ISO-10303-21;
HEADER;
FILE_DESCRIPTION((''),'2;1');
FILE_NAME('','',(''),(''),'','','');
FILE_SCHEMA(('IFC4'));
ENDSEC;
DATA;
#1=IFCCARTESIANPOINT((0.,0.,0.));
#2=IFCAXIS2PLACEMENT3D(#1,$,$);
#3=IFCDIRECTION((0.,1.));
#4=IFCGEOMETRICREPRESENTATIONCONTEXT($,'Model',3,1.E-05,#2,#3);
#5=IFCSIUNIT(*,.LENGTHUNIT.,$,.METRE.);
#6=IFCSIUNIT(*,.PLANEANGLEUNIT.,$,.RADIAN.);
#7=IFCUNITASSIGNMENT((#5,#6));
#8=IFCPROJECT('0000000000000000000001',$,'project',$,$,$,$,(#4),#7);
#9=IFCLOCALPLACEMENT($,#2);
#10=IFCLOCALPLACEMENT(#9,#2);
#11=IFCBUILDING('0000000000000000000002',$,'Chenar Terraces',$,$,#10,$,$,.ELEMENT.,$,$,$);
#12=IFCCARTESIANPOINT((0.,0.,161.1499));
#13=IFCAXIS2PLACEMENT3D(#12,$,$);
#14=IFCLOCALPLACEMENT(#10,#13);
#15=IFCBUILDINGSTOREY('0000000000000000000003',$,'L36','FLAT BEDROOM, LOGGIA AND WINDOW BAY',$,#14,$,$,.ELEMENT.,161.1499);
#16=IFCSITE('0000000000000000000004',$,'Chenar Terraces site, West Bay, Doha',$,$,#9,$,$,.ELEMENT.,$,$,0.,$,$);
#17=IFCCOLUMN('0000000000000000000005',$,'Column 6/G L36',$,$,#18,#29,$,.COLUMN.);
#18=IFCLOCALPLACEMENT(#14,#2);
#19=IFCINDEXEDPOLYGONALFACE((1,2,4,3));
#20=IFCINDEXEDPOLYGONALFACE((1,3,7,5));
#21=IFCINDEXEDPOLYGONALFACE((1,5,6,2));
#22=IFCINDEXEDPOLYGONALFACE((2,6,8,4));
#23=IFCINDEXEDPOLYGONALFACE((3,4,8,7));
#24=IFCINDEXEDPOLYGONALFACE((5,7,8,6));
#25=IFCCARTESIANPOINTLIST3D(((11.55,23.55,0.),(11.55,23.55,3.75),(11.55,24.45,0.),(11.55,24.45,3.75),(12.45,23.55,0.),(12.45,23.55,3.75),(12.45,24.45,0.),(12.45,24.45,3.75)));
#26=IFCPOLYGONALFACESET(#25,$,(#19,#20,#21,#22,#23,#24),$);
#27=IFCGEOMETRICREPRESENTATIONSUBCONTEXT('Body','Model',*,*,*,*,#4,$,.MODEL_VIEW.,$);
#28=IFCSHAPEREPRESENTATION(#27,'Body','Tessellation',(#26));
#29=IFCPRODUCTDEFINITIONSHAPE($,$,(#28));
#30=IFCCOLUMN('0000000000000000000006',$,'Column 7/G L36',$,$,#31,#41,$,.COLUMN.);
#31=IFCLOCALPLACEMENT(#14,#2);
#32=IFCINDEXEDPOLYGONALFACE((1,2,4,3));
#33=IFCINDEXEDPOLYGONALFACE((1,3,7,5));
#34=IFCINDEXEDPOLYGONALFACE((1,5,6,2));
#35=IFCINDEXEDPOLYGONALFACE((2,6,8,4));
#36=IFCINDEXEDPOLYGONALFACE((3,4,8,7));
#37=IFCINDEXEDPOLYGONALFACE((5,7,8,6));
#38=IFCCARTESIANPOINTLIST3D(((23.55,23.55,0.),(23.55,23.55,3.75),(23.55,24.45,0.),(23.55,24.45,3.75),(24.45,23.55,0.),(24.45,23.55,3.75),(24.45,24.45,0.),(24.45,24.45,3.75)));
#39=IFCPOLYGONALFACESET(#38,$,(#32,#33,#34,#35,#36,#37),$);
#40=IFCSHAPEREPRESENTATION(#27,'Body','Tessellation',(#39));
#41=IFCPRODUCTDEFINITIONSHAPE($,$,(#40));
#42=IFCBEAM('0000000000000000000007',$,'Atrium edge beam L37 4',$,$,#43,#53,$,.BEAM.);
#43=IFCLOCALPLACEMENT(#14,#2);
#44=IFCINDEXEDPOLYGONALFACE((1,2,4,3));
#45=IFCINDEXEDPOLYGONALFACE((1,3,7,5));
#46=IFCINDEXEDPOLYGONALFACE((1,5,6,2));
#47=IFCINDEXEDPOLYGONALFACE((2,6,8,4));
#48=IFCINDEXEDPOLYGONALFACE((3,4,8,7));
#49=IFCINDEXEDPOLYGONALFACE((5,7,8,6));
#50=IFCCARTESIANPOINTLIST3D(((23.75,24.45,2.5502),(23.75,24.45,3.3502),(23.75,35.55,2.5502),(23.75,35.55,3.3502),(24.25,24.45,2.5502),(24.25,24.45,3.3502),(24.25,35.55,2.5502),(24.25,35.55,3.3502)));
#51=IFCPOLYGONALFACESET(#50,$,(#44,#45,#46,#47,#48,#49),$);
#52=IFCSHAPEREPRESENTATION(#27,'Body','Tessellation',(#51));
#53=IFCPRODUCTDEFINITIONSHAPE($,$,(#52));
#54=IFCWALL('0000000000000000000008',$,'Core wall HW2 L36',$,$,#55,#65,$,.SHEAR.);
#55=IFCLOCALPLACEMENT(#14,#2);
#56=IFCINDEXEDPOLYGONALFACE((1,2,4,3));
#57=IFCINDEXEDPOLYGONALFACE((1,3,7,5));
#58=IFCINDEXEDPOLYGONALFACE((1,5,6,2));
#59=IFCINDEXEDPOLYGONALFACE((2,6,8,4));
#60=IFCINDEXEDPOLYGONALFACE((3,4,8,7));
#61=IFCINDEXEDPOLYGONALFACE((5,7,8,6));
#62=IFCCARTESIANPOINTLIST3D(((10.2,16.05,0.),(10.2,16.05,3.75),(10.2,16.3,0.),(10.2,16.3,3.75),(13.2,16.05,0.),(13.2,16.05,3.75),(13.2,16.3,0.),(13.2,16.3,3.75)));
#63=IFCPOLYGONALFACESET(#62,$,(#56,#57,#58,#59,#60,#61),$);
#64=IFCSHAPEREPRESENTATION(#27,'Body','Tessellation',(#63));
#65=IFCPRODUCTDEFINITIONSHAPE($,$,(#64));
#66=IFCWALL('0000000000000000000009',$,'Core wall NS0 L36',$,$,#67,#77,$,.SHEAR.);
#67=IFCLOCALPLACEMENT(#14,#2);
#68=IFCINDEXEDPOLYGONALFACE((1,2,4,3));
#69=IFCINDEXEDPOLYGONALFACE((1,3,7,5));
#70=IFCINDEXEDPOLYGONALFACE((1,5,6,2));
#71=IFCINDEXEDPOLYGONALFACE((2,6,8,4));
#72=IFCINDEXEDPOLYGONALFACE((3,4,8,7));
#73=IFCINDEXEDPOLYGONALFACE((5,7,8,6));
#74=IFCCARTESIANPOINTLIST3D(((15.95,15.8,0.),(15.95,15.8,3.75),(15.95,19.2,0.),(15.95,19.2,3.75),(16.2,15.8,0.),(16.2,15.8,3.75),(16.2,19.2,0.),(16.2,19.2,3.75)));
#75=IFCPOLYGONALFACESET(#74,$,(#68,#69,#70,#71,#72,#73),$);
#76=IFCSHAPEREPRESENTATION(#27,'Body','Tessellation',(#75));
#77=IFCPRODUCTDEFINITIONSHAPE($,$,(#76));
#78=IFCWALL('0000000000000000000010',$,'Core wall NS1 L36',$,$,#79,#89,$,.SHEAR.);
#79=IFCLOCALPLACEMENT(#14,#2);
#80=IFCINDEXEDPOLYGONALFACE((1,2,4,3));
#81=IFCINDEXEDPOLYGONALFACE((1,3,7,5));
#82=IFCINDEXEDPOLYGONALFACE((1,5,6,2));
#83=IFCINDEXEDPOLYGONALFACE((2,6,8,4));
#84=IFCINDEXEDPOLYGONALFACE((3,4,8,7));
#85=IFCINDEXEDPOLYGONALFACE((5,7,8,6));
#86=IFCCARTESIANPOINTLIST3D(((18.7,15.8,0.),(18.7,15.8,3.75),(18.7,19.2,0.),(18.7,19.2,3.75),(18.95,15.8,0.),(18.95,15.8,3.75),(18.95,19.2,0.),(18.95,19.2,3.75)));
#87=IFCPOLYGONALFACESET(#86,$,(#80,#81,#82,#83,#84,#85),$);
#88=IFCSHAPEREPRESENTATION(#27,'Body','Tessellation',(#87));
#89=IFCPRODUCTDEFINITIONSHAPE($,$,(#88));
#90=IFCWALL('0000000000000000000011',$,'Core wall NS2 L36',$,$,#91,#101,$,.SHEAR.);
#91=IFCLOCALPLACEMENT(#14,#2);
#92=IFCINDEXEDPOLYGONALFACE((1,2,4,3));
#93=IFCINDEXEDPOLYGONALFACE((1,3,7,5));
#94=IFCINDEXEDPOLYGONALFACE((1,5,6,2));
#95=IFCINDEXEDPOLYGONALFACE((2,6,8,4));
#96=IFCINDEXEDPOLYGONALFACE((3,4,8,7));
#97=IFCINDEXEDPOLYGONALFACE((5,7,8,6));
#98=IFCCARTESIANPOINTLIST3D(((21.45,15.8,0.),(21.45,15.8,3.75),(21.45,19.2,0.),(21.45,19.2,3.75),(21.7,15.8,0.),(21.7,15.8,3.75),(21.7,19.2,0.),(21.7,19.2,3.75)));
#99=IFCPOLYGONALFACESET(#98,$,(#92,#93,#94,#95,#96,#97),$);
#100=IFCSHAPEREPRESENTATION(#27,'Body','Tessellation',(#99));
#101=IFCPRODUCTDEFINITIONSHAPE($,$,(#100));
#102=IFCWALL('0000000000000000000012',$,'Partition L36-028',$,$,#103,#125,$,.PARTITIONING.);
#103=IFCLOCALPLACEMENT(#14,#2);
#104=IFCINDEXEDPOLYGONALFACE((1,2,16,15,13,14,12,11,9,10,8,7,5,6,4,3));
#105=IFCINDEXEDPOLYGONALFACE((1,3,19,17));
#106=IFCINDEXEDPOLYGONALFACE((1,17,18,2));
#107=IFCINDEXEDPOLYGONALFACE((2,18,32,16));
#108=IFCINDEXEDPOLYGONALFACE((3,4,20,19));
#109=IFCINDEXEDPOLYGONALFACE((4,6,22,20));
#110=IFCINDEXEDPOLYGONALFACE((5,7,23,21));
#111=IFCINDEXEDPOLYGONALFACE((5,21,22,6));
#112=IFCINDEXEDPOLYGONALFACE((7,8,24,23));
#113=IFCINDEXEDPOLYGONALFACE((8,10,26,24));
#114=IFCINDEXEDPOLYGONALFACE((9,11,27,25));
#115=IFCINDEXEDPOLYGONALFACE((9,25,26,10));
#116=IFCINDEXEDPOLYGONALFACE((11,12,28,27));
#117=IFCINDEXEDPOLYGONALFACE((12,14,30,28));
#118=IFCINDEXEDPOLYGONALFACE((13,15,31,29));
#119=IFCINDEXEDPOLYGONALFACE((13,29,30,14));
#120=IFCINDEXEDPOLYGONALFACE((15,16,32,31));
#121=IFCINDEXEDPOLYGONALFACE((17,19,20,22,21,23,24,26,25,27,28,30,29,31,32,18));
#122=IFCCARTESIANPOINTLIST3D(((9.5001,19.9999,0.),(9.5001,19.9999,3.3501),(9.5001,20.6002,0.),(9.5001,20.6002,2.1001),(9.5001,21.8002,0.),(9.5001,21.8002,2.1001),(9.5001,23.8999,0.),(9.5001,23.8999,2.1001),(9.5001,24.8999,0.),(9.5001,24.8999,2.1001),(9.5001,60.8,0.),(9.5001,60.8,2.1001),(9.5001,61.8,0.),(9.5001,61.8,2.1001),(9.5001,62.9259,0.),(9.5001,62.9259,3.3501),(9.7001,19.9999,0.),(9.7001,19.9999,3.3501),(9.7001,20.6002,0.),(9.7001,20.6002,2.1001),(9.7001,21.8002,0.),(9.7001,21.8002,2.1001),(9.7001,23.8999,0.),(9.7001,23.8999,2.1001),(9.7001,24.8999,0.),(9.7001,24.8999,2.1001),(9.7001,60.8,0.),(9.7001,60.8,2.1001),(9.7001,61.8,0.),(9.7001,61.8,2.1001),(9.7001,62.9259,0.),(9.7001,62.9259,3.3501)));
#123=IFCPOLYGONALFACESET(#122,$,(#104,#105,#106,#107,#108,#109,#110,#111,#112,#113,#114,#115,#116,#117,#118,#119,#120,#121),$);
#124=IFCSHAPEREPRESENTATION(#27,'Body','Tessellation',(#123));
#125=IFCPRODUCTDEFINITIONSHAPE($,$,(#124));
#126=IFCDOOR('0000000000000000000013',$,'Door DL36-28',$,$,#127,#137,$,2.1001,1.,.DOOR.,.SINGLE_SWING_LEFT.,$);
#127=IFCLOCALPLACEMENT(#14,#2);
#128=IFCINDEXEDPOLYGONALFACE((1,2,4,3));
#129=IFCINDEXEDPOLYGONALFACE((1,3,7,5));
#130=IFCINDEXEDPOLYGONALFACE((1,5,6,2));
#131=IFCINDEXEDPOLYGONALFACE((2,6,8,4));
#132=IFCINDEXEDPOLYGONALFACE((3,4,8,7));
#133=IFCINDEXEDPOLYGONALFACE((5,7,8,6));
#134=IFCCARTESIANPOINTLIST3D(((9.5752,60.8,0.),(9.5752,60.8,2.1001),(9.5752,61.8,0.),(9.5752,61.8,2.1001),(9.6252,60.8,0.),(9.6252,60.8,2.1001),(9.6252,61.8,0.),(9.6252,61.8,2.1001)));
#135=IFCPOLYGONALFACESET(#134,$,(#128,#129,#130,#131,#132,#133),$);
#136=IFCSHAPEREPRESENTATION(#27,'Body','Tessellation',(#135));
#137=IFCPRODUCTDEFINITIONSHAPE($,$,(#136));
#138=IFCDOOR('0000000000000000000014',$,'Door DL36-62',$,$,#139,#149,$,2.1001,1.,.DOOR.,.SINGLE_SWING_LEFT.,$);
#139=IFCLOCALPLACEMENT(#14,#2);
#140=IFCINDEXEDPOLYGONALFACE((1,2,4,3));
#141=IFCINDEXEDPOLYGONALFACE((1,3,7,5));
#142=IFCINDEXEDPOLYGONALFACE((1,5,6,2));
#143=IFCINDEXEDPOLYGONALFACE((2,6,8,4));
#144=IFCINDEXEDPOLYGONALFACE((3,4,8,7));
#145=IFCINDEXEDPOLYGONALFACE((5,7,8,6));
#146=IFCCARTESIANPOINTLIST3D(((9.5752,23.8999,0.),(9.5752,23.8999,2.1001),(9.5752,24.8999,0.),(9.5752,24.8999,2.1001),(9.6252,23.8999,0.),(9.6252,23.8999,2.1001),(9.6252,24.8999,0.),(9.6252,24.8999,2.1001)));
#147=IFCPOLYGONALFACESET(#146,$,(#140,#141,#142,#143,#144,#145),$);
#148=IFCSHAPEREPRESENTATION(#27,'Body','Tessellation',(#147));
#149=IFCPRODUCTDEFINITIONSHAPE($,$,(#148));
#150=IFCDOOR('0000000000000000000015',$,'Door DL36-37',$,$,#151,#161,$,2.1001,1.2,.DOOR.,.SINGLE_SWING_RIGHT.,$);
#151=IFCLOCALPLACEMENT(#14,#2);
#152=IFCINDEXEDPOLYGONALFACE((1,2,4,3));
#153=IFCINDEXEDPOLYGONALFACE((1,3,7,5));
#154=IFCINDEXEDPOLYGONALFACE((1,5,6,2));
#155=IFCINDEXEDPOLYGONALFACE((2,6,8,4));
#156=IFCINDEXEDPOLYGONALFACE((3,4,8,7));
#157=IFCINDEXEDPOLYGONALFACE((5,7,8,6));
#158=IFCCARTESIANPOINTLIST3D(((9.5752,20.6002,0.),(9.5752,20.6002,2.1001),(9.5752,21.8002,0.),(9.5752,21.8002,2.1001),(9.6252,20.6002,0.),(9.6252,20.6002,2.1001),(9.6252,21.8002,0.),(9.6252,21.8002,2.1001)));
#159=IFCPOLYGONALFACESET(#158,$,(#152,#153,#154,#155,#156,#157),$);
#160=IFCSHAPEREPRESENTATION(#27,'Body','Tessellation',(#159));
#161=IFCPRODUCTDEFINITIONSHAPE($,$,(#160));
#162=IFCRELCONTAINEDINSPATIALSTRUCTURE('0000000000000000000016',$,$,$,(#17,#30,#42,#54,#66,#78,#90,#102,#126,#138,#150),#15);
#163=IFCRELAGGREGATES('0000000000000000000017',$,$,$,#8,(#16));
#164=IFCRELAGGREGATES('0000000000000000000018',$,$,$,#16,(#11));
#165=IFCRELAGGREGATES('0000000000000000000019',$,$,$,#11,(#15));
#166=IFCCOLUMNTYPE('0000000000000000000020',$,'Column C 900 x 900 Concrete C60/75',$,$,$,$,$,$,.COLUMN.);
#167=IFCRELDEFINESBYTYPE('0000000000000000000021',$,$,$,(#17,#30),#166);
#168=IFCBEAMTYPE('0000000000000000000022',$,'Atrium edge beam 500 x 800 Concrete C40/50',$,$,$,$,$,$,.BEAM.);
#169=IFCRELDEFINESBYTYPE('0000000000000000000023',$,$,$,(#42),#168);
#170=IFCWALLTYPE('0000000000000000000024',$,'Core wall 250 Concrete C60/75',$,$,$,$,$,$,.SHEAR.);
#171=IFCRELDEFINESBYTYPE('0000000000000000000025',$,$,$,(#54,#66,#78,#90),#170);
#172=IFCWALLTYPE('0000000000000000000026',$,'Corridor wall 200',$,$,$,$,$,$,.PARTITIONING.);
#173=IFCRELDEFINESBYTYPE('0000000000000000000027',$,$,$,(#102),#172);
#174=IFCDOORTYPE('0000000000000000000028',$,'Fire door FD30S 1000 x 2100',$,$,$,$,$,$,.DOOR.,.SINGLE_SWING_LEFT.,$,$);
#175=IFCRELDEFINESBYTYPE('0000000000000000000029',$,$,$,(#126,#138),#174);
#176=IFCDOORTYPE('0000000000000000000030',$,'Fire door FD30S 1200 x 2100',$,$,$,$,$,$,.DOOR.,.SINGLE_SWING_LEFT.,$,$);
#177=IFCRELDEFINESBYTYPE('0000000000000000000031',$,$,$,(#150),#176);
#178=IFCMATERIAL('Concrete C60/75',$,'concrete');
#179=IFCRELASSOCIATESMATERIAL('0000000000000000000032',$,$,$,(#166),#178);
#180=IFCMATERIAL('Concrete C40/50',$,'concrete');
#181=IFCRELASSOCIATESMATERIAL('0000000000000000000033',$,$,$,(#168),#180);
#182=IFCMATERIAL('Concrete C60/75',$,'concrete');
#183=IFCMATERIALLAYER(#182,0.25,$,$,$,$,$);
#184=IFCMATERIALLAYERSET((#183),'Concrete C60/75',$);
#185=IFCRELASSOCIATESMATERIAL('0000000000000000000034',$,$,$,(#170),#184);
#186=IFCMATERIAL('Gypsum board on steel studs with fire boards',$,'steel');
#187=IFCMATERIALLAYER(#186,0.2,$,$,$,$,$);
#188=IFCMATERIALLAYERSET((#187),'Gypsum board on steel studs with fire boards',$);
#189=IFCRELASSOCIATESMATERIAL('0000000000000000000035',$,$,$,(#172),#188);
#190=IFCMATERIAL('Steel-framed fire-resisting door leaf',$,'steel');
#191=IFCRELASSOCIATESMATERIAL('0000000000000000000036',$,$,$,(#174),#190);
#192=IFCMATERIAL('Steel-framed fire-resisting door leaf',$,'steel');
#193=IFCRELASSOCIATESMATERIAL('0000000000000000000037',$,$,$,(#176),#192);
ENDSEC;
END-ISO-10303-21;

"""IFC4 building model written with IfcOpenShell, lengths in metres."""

from ifc_helpers import new_model, si_unit, direction, frame, frame_2d, origin, origin_2d, place, context, subcontext, project, spatial, rectangle, extrude, material, layer, layer_set, material_profile, profile_set, type_object, element, fill, save


model = new_model("IFC4")

# Units and contexts
model_context = context("Model", 3, precision=1e-05, world=origin(), true_north=direction((0.0, 1.0)))
body_context = subcontext(model_context, "Body", "Model", "MODEL_VIEW")
ifc_project = project(units=[si_unit("LENGTHUNIT", "METRE"), si_unit("PLANEANGLEUNIT", "RADIAN")], contexts=[model_context])

# Site, building, storey
site_placement = place(None, origin())
site = spatial("IfcSite", under=ifc_project, at=site_placement, Name="Chenar Terraces site, West Bay, Doha", CompositionType="ELEMENT", RefElevation=0.0)
building_placement = place(site_placement, origin())
building = spatial("IfcBuilding", under=site, at=building_placement, Name="Chenar Terraces", CompositionType="ELEMENT")
storey_placement = place(building_placement, frame((0.0, 0.0, 161.1499)))
storey = spatial("IfcBuildingStorey", under=building, at=storey_placement, Name="L36", Description="FLAT BEDROOM, LOGGIA AND WINDOW BAY", CompositionType="ELEMENT", Elevation=161.1499)

# Columns
ifc_material_1 = material(Name="Concrete C60/75", Category="concrete")
ifc_material_profile_1 = material_profile(ifc_material_1, rectangle(XDim=0.8999, YDim=0.8999, at=origin_2d()), Name="C 900 x 900")
ifc_profile_set_1 = profile_set([ifc_material_profile_1], Name="Concrete C60/75")
column_type = type_object("IfcColumnType", Name="Column C 900 x 900 Concrete C60/75", PredefinedType="COLUMN", material=ifc_profile_set_1)
for number, where, z_axis, x_axis, name in (
    (1, (12.0, 24.0, 0.0), (0.0, 0.0, 1.0), (1.0, 0.0, 0.0), "Column 6/G L36"),
    (2, (24.0, 24.0, 0.0), (0.0, 0.0, 1.0), (1.0, 0.0, 0.0), "Column 7/G L36"),
):
    element("IfcColumn", number, at=place(storey_placement, frame(where, z_axis=z_axis, x_axis=x_axis)), inside=storey, type_object=column_type, Name=name, PredefinedType="COLUMN", context=body_context, shape_type="SweptSolid", body=[
        extrude(rectangle(XDim=0.8999, YDim=0.8999, at=origin_2d()), origin(), (0.0, 0.0, 1.0), 3.75),
    ])

# Beam
ifc_material_2 = material(Name="Concrete C40/50", Category="concrete")
ifc_material_profile_2 = material_profile(ifc_material_2, rectangle(XDim=0.5, YDim=0.8, at=origin_2d()), Name="RC 500 x 800")
ifc_profile_set_2 = profile_set([ifc_material_profile_2], Name="Concrete C40/50")
beam_type = type_object("IfcBeamType", Name="Atrium edge beam 500 x 800 Concrete C40/50", PredefinedType="BEAM", material=ifc_profile_set_2)
beam_placement = place(storey_placement, frame((24.0, 35.55, 2.9502), z_axis=(0.0, -1.0, 0.0), x_axis=(1.0, 0.0, 0.0)))
element("IfcBeam", 3, at=beam_placement, inside=storey, type_object=beam_type, Name="Atrium edge beam L37 4", PredefinedType="BEAM", context=body_context, shape_type="SweptSolid", body=[
    extrude(rectangle(XDim=0.5, YDim=0.8, at=origin_2d()), origin(), (0.0, 0.0, 1.0), 11.1001),
])

# Walls
ifc_material_3 = material(Name="Concrete C60/75", Category="concrete")
ifc_layer_1 = layer(ifc_material_3, 0.25)
ifc_layer_set_1 = layer_set([ifc_layer_1], Name="Concrete C60/75")
wall_type_1 = type_object("IfcWallType", Name="Core wall 250 Concrete C60/75", PredefinedType="SHEAR", material=ifc_layer_set_1)
wall_1_placement = place(storey_placement, frame((10.2, 16.175, 0.0), z_axis=(0.0, 0.0, 1.0), x_axis=(1.0, 0.0, 0.0)))
element("IfcWall", 4, at=wall_1_placement, inside=storey, type_object=wall_type_1, Name="Core wall HW2 L36", PredefinedType="SHEAR", context=body_context, shape_type="SweptSolid", body=[
    extrude(rectangle(XDim=3.0, YDim=0.25, at=frame_2d((1.5, 0.0))), origin(), (0.0, 0.0, 1.0), 3.75),
])
for number, where, z_axis, x_axis, name in (
    (5, (16.075, 15.8, 0.0), (0.0, 0.0, 1.0), (0.0, 1.0, 0.0), "Core wall NS0 L36"),
    (6, (18.825, 15.8, 0.0), (0.0, 0.0, 1.0), (0.0, 1.0, 0.0), "Core wall NS1 L36"),
    (7, (21.575, 15.8, 0.0), (0.0, 0.0, 1.0), (0.0, 1.0, 0.0), "Core wall NS2 L36"),
):
    element("IfcWall", number, at=place(storey_placement, frame(where, z_axis=z_axis, x_axis=x_axis)), inside=storey, type_object=wall_type_1, Name=name, PredefinedType="SHEAR", context=body_context, shape_type="SweptSolid", body=[
        extrude(rectangle(XDim=3.3999, YDim=0.25, at=frame_2d((1.7, 0.0))), origin(), (0.0, 0.0, 1.0), 3.75),
    ])

# Wall, openings, doors
ifc_material_4 = material(Name="Gypsum board on steel studs with fire boards", Category="steel")
ifc_layer_2 = layer(ifc_material_4, 0.2)
ifc_layer_set_2 = layer_set([ifc_layer_2], Name="Gypsum board on steel studs with fire boards")
wall_type_2 = type_object("IfcWallType", Name="Corridor wall 200", PredefinedType="PARTITIONING", material=ifc_layer_set_2)
wall_2_placement = place(storey_placement, frame((9.6001, 20.0, 0.0), z_axis=(0.0, 0.0, 1.0), x_axis=(0.0, 1.0, 0.0)))
wall_2 = element("IfcWall", 8, at=wall_2_placement, inside=storey, type_object=wall_type_2, Name="Partition L36-028", PredefinedType="PARTITIONING", context=body_context, shape_type="SweptSolid", body=[
    extrude(rectangle(XDim=42.926, YDim=0.2, at=frame_2d((21.4629, 0.0))), origin(), (0.0, 0.0, 1.0), 3.3501),
])
opening_1_placement = place(wall_2_placement, frame((40.8, 0.0, 0.0)))
opening_1 = element("IfcOpeningElement", 9, at=opening_1_placement, cuts=wall_2, PredefinedType="OPENING", context=body_context, shape_type="SweptSolid", body=[
    extrude(rectangle(XDim=1.0, YDim=2.1001, at=frame_2d((0.5, 1.05))), frame((0.0, 0.1099, 0.0), z_axis=(0.0, -1.0, 0.0), x_axis=(1.0, 0.0, 0.0)), (0.0, 0.0, 1.0), 0.22),
])
opening_2_placement = place(wall_2_placement, frame((0.6001, 0.0, 0.0)))
opening_2 = element("IfcOpeningElement", 10, at=opening_2_placement, cuts=wall_2, PredefinedType="OPENING", context=body_context, shape_type="SweptSolid", body=[
    extrude(rectangle(XDim=1.2, YDim=2.1001, at=frame_2d((0.6001, 1.05))), frame((0.0, 0.1099, 0.0), z_axis=(0.0, -1.0, 0.0), x_axis=(1.0, 0.0, 0.0)), (0.0, 0.0, 1.0), 0.22),
])
opening_3_placement = place(wall_2_placement, frame((3.8999, 0.0, 0.0)))
opening_3 = element("IfcOpeningElement", 11, at=opening_3_placement, cuts=wall_2, PredefinedType="OPENING", context=body_context, shape_type="SweptSolid", body=[
    extrude(rectangle(XDim=1.0, YDim=2.1001, at=frame_2d((0.5, 1.05))), frame((0.0, 0.1099, 0.0), z_axis=(0.0, -1.0, 0.0), x_axis=(1.0, 0.0, 0.0)), (0.0, 0.0, 1.0), 0.22),
])
ifc_material_5 = material(Name="Steel-framed fire-resisting door leaf", Category="steel")
door_type_1 = type_object("IfcDoorType", Name="Fire door FD30S 1000 x 2100", OperationType="SINGLE_SWING_LEFT", PredefinedType="DOOR", material=ifc_material_5)
door_1_placement = place(opening_1_placement, origin())
door_1 = element("IfcDoor", 12, at=door_1_placement, inside=storey, type_object=door_type_1, Name="Door DL36-28", OperationType="SINGLE_SWING_LEFT", OverallHeight=2.1001, OverallWidth=1.0, PredefinedType="DOOR", context=body_context, shape_type="SweptSolid", body=[
    extrude(rectangle(XDim=1.0, YDim=2.1001, at=frame_2d((0.5, 1.05))), frame((0.0, 0.0249, 0.0), z_axis=(0.0, -1.0, 0.0), x_axis=(1.0, 0.0, 0.0)), (0.0, 0.0, 1.0), 0.05),
])
fill(opening_1, door_1)
door_2_placement = place(opening_3_placement, origin())
door_2 = element("IfcDoor", 13, at=door_2_placement, inside=storey, type_object=door_type_1, Name="Door DL36-62", OperationType="SINGLE_SWING_LEFT", OverallHeight=2.1001, OverallWidth=1.0, PredefinedType="DOOR", context=body_context, shape_type="SweptSolid", body=[
    extrude(rectangle(XDim=1.0, YDim=2.1001, at=frame_2d((0.5, 1.05))), frame((0.0, 0.0249, 0.0), z_axis=(0.0, -1.0, 0.0), x_axis=(1.0, 0.0, 0.0)), (0.0, 0.0, 1.0), 0.05),
])
fill(opening_3, door_2)
ifc_material_6 = material(Name="Steel-framed fire-resisting door leaf", Category="steel")
door_type_2 = type_object("IfcDoorType", Name="Fire door FD30S 1200 x 2100", OperationType="SINGLE_SWING_LEFT", PredefinedType="DOOR", material=ifc_material_6)
door_3_placement = place(opening_2_placement, origin())
door_3 = element("IfcDoor", 14, at=door_3_placement, inside=storey, type_object=door_type_2, Name="Door DL36-37", OperationType="SINGLE_SWING_RIGHT", OverallHeight=2.1001, OverallWidth=1.2, PredefinedType="DOOR", context=body_context, shape_type="SweptSolid", body=[
    extrude(rectangle(XDim=1.2, YDim=2.1001, at=frame_2d((0.6001, 1.05))), frame((0.0, 0.0249, 0.0), z_axis=(0.0, -1.0, 0.0), x_axis=(1.0, 0.0, 0.0)), (0.0, 0.0, 1.0), 0.05),
])
fill(opening_2, door_3)

save(model, "model.ifc")
